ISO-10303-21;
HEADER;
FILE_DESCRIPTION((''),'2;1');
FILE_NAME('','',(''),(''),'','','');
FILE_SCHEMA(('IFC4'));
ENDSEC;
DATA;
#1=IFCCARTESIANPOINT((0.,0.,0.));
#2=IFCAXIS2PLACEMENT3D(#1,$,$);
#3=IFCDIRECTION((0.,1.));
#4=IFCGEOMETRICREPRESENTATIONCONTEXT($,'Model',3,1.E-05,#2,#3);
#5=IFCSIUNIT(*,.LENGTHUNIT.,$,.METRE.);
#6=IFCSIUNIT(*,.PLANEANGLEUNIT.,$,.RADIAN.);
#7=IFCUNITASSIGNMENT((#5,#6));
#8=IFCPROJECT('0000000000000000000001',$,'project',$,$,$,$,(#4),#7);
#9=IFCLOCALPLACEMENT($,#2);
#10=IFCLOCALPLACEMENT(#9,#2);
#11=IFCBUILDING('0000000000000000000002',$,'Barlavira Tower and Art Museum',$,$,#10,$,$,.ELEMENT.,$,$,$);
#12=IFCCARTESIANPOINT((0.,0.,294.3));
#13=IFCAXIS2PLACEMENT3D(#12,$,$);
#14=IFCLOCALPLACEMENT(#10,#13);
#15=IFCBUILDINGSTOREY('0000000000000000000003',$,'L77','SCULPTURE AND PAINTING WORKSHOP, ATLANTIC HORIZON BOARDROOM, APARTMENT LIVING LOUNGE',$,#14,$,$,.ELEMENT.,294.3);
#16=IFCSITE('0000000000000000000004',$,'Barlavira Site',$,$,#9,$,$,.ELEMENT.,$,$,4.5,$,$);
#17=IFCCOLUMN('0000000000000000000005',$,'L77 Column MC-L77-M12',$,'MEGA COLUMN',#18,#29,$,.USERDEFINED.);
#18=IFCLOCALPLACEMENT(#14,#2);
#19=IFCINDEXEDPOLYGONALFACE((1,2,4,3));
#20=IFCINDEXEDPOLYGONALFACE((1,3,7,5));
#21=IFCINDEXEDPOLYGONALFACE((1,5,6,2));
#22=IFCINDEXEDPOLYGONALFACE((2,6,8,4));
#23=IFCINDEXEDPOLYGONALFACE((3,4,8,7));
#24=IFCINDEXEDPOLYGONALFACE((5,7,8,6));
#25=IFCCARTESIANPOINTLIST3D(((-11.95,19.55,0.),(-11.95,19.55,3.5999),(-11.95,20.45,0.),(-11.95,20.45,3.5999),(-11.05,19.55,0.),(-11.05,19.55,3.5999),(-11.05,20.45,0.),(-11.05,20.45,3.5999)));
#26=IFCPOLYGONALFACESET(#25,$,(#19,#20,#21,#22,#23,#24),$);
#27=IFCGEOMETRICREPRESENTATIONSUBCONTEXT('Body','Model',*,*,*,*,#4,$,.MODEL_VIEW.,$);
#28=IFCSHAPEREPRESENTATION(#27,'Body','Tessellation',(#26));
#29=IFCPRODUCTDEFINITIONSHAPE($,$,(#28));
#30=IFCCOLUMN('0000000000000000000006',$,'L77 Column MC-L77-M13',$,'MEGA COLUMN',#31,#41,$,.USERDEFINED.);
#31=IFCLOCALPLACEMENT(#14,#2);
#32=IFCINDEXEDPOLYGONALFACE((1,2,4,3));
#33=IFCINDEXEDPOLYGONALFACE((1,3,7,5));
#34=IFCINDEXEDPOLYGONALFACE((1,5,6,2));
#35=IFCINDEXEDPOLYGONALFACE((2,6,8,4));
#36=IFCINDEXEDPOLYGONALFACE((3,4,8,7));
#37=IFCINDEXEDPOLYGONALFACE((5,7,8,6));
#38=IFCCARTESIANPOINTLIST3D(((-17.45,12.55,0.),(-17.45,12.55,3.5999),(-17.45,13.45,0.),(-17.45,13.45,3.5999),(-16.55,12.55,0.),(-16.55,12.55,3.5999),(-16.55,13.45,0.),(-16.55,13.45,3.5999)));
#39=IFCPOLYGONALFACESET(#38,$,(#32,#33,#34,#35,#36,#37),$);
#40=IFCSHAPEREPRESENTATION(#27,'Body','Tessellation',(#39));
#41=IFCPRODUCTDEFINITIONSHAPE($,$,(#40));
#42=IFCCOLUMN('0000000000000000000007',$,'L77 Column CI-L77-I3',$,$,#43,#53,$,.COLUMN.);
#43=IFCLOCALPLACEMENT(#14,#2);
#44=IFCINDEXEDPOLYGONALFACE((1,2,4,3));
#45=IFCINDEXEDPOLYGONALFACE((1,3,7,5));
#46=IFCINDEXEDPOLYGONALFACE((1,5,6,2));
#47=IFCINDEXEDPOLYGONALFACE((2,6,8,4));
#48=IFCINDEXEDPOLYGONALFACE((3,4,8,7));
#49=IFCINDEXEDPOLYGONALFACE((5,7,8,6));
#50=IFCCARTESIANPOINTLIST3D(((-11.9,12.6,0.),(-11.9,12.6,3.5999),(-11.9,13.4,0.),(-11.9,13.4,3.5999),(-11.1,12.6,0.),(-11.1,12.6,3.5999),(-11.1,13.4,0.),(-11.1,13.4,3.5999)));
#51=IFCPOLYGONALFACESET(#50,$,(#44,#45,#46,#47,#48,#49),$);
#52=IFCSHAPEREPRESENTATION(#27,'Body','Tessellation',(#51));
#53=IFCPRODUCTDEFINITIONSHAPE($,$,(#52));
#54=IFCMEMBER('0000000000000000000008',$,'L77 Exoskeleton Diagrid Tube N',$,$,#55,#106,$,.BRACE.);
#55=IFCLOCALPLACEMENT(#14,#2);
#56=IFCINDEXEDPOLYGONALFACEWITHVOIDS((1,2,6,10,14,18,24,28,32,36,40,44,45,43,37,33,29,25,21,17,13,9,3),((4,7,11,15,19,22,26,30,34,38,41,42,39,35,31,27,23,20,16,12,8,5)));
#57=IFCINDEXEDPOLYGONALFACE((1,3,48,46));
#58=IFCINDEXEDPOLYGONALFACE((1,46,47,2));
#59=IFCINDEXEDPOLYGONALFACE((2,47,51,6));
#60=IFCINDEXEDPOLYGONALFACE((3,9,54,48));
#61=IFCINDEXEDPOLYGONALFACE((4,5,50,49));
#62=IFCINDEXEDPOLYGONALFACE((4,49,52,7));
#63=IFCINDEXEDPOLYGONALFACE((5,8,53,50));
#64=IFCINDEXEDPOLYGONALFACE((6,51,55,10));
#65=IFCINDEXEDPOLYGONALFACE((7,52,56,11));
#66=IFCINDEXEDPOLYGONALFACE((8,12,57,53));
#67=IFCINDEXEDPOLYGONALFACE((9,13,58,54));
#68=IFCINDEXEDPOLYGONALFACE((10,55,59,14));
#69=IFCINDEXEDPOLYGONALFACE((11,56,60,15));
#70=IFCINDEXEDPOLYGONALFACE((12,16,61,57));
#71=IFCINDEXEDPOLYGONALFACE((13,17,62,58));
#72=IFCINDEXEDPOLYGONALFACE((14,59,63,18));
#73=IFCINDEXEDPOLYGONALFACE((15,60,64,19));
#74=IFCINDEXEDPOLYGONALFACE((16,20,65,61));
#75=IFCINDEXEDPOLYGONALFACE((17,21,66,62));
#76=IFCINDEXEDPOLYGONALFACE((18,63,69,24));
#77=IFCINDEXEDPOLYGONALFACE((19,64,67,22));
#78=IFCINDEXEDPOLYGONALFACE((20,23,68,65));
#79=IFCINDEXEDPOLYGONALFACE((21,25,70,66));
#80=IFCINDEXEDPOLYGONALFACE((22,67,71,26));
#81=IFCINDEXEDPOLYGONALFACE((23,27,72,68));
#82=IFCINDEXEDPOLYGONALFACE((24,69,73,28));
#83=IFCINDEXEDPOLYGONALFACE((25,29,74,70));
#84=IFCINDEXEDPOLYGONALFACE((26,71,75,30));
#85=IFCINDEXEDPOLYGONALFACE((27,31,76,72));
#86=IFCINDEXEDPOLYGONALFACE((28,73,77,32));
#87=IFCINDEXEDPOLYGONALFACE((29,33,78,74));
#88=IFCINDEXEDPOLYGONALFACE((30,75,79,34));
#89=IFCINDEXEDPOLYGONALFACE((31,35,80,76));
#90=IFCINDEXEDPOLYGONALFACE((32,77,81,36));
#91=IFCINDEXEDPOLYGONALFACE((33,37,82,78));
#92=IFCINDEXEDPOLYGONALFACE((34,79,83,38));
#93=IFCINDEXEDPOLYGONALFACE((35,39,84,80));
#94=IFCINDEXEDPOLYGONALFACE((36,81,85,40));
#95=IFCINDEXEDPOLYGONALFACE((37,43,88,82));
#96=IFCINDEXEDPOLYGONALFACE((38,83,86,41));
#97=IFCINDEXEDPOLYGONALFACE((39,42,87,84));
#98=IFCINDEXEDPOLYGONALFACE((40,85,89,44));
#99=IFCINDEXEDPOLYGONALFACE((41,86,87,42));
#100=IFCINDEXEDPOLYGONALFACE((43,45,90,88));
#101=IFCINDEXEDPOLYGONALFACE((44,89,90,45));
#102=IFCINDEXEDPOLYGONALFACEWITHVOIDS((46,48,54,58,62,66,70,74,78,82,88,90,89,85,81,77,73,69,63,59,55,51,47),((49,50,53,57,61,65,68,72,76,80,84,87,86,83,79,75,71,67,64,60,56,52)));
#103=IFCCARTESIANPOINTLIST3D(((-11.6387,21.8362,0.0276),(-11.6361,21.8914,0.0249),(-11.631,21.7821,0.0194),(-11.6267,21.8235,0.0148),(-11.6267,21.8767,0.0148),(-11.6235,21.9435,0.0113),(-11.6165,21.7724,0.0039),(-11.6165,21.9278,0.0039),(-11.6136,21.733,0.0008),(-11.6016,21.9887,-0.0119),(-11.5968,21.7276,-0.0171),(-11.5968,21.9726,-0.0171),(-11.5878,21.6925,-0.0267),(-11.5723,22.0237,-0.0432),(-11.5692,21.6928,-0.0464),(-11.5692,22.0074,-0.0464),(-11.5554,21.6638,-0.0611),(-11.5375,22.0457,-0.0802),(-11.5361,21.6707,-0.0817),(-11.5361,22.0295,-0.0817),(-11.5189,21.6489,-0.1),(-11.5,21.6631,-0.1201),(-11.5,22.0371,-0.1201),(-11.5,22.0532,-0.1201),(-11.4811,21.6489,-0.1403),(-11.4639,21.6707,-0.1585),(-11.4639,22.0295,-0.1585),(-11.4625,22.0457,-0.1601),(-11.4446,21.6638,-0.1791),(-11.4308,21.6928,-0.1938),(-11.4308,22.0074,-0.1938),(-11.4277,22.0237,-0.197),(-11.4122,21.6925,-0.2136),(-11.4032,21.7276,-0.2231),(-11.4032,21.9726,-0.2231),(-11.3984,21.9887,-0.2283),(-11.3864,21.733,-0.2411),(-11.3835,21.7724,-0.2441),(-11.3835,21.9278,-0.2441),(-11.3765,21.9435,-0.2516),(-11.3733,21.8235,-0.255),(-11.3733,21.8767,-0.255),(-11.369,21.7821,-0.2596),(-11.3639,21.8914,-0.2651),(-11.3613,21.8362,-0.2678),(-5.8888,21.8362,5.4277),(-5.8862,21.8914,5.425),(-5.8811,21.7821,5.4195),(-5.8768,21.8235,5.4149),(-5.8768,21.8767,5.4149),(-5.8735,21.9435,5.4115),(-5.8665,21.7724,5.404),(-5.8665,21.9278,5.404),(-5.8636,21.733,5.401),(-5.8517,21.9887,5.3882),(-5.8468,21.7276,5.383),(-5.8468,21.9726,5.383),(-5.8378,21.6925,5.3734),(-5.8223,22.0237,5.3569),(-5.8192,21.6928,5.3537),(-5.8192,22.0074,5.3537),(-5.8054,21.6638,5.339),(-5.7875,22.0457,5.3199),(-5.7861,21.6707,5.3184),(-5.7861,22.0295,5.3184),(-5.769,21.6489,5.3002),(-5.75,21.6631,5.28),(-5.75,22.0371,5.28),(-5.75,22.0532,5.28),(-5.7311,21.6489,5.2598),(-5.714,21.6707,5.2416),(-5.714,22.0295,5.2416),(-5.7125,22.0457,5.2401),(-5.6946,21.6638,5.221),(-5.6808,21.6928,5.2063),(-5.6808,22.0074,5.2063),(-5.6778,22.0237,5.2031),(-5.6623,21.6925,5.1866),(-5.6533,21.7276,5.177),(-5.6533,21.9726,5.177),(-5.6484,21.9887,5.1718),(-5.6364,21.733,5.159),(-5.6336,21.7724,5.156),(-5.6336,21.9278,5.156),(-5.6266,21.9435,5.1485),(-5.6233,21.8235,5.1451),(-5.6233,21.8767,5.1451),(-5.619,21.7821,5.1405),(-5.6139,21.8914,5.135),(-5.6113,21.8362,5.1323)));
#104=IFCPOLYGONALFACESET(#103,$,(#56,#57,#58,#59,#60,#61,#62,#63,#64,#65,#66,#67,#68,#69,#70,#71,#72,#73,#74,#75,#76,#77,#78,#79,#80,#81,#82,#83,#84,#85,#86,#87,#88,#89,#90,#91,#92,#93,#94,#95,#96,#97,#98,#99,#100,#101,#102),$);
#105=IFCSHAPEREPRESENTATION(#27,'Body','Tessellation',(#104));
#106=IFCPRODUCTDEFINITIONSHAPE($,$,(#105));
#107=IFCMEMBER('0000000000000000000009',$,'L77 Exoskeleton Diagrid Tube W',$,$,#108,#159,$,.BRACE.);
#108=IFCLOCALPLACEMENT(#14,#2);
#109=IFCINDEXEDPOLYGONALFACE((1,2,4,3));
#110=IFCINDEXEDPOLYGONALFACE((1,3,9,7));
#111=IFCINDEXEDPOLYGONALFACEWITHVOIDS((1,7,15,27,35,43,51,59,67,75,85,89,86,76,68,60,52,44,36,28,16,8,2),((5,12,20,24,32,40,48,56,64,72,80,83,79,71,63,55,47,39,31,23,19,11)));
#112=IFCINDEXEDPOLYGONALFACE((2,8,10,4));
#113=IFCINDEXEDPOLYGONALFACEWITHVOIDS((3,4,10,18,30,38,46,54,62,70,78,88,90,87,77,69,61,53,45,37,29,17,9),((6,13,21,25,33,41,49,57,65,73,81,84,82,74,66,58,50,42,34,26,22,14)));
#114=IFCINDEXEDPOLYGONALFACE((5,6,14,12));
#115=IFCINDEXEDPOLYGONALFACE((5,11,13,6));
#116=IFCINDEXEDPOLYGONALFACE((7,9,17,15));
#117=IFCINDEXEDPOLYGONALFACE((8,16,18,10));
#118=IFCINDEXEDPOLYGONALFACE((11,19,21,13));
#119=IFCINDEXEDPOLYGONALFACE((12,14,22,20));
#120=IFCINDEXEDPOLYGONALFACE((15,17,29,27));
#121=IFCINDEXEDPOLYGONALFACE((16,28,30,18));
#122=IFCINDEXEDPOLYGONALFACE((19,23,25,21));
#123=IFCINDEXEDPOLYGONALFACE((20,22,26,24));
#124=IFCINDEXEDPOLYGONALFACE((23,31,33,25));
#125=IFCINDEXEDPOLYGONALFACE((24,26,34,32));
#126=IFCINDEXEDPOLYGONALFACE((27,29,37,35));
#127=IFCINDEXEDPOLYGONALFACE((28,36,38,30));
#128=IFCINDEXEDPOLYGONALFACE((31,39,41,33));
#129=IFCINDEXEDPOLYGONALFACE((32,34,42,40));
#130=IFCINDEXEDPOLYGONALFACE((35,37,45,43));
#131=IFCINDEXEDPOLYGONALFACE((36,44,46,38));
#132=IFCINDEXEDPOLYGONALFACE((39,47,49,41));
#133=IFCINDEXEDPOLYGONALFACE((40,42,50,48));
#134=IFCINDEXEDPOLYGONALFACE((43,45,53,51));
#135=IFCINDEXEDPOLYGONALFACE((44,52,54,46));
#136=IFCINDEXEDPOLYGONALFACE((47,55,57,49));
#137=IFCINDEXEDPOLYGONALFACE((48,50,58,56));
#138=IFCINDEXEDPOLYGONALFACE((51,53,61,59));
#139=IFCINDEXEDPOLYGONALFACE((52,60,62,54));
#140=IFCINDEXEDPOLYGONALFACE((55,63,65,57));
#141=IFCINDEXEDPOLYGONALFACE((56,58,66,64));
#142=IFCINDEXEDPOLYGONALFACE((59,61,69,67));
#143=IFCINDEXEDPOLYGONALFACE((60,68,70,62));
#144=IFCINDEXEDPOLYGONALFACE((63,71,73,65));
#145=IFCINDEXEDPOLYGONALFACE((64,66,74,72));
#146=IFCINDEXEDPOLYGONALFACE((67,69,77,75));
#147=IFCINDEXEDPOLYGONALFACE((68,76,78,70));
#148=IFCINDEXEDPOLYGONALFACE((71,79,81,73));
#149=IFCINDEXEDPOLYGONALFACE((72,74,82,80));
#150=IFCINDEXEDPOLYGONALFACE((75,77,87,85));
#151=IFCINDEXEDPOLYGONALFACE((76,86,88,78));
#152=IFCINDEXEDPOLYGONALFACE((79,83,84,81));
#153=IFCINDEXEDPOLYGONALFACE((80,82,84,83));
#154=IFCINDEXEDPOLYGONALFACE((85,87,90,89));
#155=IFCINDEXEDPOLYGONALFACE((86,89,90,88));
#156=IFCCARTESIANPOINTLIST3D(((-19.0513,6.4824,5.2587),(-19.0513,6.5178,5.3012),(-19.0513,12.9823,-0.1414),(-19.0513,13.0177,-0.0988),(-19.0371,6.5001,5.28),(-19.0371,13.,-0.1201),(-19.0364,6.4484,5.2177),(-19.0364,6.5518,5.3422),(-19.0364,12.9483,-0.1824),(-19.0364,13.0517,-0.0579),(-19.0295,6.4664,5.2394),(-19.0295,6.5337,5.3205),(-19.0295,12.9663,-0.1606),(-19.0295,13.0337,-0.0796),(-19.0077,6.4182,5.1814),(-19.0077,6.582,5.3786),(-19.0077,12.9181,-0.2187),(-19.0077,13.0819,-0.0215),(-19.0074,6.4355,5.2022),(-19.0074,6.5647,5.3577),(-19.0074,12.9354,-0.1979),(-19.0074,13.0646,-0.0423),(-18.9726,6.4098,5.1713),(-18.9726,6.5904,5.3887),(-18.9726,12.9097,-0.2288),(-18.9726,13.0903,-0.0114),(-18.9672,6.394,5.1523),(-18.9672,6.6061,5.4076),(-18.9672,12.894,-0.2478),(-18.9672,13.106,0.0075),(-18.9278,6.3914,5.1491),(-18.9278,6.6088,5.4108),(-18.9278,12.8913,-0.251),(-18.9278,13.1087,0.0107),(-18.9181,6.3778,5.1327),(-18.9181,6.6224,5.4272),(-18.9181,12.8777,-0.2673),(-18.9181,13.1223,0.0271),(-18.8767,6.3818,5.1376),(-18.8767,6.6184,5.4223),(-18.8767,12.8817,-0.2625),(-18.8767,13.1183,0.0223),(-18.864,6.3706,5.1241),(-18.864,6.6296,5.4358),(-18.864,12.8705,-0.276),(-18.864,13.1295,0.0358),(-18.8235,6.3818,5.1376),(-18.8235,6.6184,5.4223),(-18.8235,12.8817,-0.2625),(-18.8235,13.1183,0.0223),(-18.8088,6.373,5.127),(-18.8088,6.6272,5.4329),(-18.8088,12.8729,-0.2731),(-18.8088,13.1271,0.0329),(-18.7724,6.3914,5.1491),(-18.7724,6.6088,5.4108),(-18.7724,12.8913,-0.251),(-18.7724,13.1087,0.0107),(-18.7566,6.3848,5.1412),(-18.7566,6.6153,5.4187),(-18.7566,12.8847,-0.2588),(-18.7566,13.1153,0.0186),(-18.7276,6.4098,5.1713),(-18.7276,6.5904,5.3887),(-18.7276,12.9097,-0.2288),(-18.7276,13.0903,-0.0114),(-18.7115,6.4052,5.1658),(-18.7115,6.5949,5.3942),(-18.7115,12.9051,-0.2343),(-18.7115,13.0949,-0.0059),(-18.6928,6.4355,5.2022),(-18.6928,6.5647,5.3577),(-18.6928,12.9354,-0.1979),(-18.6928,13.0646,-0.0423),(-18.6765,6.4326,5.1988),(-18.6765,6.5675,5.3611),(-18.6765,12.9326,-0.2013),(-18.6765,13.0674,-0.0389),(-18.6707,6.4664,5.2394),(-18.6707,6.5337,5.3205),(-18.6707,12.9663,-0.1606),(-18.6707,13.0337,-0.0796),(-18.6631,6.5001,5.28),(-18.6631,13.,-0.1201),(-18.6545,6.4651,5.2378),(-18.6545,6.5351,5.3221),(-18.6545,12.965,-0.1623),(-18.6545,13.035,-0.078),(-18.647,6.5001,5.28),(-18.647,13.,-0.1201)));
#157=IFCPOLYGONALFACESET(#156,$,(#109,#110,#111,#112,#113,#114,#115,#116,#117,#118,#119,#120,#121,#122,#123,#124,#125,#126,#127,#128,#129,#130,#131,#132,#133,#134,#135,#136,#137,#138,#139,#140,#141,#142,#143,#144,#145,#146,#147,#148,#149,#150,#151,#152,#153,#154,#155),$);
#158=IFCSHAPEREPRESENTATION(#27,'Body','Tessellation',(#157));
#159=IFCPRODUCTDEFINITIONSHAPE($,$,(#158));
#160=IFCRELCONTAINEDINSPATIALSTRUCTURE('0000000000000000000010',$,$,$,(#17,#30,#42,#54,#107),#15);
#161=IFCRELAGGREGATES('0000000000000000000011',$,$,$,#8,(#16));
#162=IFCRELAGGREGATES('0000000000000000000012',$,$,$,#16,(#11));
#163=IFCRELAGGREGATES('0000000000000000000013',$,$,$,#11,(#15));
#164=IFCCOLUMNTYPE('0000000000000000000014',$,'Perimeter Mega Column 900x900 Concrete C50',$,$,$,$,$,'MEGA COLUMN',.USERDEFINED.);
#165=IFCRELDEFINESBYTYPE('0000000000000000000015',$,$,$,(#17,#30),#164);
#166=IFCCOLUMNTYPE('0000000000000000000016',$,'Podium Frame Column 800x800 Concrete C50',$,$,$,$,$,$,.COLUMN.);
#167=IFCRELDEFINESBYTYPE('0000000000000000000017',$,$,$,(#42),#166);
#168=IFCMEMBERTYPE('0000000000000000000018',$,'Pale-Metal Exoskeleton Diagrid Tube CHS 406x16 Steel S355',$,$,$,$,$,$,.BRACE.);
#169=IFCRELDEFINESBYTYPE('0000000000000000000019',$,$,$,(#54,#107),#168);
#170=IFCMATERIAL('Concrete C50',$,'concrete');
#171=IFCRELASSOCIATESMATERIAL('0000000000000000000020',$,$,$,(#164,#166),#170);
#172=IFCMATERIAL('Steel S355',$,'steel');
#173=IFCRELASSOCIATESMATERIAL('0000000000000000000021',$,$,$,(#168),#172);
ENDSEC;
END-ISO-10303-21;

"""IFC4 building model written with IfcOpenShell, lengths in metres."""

from ifc_helpers import new_model, si_unit, direction, frame, origin, origin_2d, place, context, subcontext, project, spatial, rectangle, hollow_circle, extrude, material, material_profile, profile_set, type_object, element, save


model = new_model("IFC4")

# Units and contexts
model_context = context("Model", 3, precision=1e-05, world=origin(), true_north=direction((0.0, 1.0)))
body_context = subcontext(model_context, "Body", "Model", "MODEL_VIEW")
ifc_project = project(units=[si_unit("LENGTHUNIT", "METRE"), si_unit("PLANEANGLEUNIT", "RADIAN")], contexts=[model_context])

# Site, building, storey
site_placement = place(None, origin())
site = spatial("IfcSite", under=ifc_project, at=site_placement, Name="Barlavira Site", CompositionType="ELEMENT", RefElevation=4.5)
building_placement = place(site_placement, origin())
building = spatial("IfcBuilding", under=site, at=building_placement, Name="Barlavira Tower and Art Museum", CompositionType="ELEMENT")
storey_placement = place(building_placement, frame((0.0, 0.0, 294.3)))
storey = spatial("IfcBuildingStorey", under=building, at=storey_placement, Name="L77", Description="SCULPTURE AND PAINTING WORKSHOP, ATLANTIC HORIZON BOARDROOM, APARTMENT LIVING LOUNGE", CompositionType="ELEMENT", Elevation=294.3)

# Columns
ifc_material_1 = material(Name="Concrete C50", Category="concrete")
ifc_material_profile_1 = material_profile(ifc_material_1, rectangle(XDim=0.8999, YDim=0.8999, at=origin_2d()), Name="RC-COL 900x900")
ifc_profile_set_1 = profile_set([ifc_material_profile_1], Name="Concrete C50")
column_type_1 = type_object("IfcColumnType", Name="Perimeter Mega Column 900x900 Concrete C50", ElementType="MEGA COLUMN", PredefinedType="USERDEFINED", material=ifc_profile_set_1)
for number, where, z_axis, x_axis, name in (
    (1, (-11.5, 20.0, 0.0), (0.0, 0.0, 1.0), (1.0, 0.0, 0.0), "L77 Column MC-L77-M12"),
    (2, (-17.0, 13.0, 0.0), (0.0, 0.0, 1.0), (1.0, 0.0, 0.0), "L77 Column MC-L77-M13"),
):
    element("IfcColumn", number, at=place(storey_placement, frame(where, z_axis=z_axis, x_axis=x_axis)), inside=storey, type_object=column_type_1, Name=name, ObjectType="MEGA COLUMN", PredefinedType="USERDEFINED", context=body_context, shape_type="SweptSolid", body=[
        extrude(rectangle(XDim=0.8999, YDim=0.8999, at=origin_2d()), origin(), (0.0, 0.0, 1.0), 3.5999),
    ])
ifc_material_profile_2 = material_profile(ifc_material_1, rectangle(XDim=0.8, YDim=0.8, at=origin_2d()), Name="RC-COL 800x800")
ifc_profile_set_2 = profile_set([ifc_material_profile_2], Name="Concrete C50")
column_type_2 = type_object("IfcColumnType", Name="Podium Frame Column 800x800 Concrete C50", PredefinedType="COLUMN", material=ifc_profile_set_2)
column_placement = place(storey_placement, frame((-11.5, 13.0, 0.0), z_axis=(0.0, 0.0, 1.0), x_axis=(1.0, 0.0, 0.0)))
element("IfcColumn", 3, at=column_placement, inside=storey, type_object=column_type_2, Name="L77 Column CI-L77-I3", PredefinedType="COLUMN", context=body_context, shape_type="SweptSolid", body=[
    extrude(rectangle(XDim=0.8, YDim=0.8, at=origin_2d()), origin(), (0.0, 0.0, 1.0), 3.5999),
])

# Members
ifc_material_2 = material(Name="Steel S355", Category="steel")
ifc_material_profile_3 = material_profile(ifc_material_2, hollow_circle(Radius=0.2031, WallThickness=0.0161, at=origin_2d()), Name="CHS 406.4x16.0")
ifc_profile_set_3 = profile_set([ifc_material_profile_3], Name="Steel S355")
member_type_1 = type_object("IfcMemberType", Name="Pale-Metal Exoskeleton Diagrid Tube CHS 406x16 Steel S355", PredefinedType="BRACE", material=ifc_profile_set_3)
member_1_placement = place(storey_placement, frame((-11.5, 21.8501, -0.1201), z_axis=(0.728935, 0.0, 0.684583), x_axis=(0.0, 1.0, 0.0)))
element("IfcMember", 4, at=member_1_placement, inside=storey, type_object=member_type_1, Name="L77 Exoskeleton Diagrid Tube N", PredefinedType="BRACE", context=body_context, shape_type="SweptSolid", body=[
    extrude(hollow_circle(Radius=0.2031, WallThickness=0.0161, at=origin_2d()), origin(), (0.0, 0.0, 1.0), 7.8882),
])
member_2_placement = place(storey_placement, frame((-18.8501, 13.0, -0.1201), z_axis=(0.0, -0.769182, 0.63903), x_axis=(1.0, 0.0, 0.0)))
element("IfcMember", 5, at=member_2_placement, inside=storey, type_object=member_type_1, Name="L77 Exoskeleton Diagrid Tube W", PredefinedType="BRACE", context=body_context, shape_type="SweptSolid", body=[
    extrude(hollow_circle(Radius=0.2031, WallThickness=0.0161, at=origin_2d()), origin(), (0.0, 0.0, 1.0), 8.4504),
])

save(model, "model.ifc")
